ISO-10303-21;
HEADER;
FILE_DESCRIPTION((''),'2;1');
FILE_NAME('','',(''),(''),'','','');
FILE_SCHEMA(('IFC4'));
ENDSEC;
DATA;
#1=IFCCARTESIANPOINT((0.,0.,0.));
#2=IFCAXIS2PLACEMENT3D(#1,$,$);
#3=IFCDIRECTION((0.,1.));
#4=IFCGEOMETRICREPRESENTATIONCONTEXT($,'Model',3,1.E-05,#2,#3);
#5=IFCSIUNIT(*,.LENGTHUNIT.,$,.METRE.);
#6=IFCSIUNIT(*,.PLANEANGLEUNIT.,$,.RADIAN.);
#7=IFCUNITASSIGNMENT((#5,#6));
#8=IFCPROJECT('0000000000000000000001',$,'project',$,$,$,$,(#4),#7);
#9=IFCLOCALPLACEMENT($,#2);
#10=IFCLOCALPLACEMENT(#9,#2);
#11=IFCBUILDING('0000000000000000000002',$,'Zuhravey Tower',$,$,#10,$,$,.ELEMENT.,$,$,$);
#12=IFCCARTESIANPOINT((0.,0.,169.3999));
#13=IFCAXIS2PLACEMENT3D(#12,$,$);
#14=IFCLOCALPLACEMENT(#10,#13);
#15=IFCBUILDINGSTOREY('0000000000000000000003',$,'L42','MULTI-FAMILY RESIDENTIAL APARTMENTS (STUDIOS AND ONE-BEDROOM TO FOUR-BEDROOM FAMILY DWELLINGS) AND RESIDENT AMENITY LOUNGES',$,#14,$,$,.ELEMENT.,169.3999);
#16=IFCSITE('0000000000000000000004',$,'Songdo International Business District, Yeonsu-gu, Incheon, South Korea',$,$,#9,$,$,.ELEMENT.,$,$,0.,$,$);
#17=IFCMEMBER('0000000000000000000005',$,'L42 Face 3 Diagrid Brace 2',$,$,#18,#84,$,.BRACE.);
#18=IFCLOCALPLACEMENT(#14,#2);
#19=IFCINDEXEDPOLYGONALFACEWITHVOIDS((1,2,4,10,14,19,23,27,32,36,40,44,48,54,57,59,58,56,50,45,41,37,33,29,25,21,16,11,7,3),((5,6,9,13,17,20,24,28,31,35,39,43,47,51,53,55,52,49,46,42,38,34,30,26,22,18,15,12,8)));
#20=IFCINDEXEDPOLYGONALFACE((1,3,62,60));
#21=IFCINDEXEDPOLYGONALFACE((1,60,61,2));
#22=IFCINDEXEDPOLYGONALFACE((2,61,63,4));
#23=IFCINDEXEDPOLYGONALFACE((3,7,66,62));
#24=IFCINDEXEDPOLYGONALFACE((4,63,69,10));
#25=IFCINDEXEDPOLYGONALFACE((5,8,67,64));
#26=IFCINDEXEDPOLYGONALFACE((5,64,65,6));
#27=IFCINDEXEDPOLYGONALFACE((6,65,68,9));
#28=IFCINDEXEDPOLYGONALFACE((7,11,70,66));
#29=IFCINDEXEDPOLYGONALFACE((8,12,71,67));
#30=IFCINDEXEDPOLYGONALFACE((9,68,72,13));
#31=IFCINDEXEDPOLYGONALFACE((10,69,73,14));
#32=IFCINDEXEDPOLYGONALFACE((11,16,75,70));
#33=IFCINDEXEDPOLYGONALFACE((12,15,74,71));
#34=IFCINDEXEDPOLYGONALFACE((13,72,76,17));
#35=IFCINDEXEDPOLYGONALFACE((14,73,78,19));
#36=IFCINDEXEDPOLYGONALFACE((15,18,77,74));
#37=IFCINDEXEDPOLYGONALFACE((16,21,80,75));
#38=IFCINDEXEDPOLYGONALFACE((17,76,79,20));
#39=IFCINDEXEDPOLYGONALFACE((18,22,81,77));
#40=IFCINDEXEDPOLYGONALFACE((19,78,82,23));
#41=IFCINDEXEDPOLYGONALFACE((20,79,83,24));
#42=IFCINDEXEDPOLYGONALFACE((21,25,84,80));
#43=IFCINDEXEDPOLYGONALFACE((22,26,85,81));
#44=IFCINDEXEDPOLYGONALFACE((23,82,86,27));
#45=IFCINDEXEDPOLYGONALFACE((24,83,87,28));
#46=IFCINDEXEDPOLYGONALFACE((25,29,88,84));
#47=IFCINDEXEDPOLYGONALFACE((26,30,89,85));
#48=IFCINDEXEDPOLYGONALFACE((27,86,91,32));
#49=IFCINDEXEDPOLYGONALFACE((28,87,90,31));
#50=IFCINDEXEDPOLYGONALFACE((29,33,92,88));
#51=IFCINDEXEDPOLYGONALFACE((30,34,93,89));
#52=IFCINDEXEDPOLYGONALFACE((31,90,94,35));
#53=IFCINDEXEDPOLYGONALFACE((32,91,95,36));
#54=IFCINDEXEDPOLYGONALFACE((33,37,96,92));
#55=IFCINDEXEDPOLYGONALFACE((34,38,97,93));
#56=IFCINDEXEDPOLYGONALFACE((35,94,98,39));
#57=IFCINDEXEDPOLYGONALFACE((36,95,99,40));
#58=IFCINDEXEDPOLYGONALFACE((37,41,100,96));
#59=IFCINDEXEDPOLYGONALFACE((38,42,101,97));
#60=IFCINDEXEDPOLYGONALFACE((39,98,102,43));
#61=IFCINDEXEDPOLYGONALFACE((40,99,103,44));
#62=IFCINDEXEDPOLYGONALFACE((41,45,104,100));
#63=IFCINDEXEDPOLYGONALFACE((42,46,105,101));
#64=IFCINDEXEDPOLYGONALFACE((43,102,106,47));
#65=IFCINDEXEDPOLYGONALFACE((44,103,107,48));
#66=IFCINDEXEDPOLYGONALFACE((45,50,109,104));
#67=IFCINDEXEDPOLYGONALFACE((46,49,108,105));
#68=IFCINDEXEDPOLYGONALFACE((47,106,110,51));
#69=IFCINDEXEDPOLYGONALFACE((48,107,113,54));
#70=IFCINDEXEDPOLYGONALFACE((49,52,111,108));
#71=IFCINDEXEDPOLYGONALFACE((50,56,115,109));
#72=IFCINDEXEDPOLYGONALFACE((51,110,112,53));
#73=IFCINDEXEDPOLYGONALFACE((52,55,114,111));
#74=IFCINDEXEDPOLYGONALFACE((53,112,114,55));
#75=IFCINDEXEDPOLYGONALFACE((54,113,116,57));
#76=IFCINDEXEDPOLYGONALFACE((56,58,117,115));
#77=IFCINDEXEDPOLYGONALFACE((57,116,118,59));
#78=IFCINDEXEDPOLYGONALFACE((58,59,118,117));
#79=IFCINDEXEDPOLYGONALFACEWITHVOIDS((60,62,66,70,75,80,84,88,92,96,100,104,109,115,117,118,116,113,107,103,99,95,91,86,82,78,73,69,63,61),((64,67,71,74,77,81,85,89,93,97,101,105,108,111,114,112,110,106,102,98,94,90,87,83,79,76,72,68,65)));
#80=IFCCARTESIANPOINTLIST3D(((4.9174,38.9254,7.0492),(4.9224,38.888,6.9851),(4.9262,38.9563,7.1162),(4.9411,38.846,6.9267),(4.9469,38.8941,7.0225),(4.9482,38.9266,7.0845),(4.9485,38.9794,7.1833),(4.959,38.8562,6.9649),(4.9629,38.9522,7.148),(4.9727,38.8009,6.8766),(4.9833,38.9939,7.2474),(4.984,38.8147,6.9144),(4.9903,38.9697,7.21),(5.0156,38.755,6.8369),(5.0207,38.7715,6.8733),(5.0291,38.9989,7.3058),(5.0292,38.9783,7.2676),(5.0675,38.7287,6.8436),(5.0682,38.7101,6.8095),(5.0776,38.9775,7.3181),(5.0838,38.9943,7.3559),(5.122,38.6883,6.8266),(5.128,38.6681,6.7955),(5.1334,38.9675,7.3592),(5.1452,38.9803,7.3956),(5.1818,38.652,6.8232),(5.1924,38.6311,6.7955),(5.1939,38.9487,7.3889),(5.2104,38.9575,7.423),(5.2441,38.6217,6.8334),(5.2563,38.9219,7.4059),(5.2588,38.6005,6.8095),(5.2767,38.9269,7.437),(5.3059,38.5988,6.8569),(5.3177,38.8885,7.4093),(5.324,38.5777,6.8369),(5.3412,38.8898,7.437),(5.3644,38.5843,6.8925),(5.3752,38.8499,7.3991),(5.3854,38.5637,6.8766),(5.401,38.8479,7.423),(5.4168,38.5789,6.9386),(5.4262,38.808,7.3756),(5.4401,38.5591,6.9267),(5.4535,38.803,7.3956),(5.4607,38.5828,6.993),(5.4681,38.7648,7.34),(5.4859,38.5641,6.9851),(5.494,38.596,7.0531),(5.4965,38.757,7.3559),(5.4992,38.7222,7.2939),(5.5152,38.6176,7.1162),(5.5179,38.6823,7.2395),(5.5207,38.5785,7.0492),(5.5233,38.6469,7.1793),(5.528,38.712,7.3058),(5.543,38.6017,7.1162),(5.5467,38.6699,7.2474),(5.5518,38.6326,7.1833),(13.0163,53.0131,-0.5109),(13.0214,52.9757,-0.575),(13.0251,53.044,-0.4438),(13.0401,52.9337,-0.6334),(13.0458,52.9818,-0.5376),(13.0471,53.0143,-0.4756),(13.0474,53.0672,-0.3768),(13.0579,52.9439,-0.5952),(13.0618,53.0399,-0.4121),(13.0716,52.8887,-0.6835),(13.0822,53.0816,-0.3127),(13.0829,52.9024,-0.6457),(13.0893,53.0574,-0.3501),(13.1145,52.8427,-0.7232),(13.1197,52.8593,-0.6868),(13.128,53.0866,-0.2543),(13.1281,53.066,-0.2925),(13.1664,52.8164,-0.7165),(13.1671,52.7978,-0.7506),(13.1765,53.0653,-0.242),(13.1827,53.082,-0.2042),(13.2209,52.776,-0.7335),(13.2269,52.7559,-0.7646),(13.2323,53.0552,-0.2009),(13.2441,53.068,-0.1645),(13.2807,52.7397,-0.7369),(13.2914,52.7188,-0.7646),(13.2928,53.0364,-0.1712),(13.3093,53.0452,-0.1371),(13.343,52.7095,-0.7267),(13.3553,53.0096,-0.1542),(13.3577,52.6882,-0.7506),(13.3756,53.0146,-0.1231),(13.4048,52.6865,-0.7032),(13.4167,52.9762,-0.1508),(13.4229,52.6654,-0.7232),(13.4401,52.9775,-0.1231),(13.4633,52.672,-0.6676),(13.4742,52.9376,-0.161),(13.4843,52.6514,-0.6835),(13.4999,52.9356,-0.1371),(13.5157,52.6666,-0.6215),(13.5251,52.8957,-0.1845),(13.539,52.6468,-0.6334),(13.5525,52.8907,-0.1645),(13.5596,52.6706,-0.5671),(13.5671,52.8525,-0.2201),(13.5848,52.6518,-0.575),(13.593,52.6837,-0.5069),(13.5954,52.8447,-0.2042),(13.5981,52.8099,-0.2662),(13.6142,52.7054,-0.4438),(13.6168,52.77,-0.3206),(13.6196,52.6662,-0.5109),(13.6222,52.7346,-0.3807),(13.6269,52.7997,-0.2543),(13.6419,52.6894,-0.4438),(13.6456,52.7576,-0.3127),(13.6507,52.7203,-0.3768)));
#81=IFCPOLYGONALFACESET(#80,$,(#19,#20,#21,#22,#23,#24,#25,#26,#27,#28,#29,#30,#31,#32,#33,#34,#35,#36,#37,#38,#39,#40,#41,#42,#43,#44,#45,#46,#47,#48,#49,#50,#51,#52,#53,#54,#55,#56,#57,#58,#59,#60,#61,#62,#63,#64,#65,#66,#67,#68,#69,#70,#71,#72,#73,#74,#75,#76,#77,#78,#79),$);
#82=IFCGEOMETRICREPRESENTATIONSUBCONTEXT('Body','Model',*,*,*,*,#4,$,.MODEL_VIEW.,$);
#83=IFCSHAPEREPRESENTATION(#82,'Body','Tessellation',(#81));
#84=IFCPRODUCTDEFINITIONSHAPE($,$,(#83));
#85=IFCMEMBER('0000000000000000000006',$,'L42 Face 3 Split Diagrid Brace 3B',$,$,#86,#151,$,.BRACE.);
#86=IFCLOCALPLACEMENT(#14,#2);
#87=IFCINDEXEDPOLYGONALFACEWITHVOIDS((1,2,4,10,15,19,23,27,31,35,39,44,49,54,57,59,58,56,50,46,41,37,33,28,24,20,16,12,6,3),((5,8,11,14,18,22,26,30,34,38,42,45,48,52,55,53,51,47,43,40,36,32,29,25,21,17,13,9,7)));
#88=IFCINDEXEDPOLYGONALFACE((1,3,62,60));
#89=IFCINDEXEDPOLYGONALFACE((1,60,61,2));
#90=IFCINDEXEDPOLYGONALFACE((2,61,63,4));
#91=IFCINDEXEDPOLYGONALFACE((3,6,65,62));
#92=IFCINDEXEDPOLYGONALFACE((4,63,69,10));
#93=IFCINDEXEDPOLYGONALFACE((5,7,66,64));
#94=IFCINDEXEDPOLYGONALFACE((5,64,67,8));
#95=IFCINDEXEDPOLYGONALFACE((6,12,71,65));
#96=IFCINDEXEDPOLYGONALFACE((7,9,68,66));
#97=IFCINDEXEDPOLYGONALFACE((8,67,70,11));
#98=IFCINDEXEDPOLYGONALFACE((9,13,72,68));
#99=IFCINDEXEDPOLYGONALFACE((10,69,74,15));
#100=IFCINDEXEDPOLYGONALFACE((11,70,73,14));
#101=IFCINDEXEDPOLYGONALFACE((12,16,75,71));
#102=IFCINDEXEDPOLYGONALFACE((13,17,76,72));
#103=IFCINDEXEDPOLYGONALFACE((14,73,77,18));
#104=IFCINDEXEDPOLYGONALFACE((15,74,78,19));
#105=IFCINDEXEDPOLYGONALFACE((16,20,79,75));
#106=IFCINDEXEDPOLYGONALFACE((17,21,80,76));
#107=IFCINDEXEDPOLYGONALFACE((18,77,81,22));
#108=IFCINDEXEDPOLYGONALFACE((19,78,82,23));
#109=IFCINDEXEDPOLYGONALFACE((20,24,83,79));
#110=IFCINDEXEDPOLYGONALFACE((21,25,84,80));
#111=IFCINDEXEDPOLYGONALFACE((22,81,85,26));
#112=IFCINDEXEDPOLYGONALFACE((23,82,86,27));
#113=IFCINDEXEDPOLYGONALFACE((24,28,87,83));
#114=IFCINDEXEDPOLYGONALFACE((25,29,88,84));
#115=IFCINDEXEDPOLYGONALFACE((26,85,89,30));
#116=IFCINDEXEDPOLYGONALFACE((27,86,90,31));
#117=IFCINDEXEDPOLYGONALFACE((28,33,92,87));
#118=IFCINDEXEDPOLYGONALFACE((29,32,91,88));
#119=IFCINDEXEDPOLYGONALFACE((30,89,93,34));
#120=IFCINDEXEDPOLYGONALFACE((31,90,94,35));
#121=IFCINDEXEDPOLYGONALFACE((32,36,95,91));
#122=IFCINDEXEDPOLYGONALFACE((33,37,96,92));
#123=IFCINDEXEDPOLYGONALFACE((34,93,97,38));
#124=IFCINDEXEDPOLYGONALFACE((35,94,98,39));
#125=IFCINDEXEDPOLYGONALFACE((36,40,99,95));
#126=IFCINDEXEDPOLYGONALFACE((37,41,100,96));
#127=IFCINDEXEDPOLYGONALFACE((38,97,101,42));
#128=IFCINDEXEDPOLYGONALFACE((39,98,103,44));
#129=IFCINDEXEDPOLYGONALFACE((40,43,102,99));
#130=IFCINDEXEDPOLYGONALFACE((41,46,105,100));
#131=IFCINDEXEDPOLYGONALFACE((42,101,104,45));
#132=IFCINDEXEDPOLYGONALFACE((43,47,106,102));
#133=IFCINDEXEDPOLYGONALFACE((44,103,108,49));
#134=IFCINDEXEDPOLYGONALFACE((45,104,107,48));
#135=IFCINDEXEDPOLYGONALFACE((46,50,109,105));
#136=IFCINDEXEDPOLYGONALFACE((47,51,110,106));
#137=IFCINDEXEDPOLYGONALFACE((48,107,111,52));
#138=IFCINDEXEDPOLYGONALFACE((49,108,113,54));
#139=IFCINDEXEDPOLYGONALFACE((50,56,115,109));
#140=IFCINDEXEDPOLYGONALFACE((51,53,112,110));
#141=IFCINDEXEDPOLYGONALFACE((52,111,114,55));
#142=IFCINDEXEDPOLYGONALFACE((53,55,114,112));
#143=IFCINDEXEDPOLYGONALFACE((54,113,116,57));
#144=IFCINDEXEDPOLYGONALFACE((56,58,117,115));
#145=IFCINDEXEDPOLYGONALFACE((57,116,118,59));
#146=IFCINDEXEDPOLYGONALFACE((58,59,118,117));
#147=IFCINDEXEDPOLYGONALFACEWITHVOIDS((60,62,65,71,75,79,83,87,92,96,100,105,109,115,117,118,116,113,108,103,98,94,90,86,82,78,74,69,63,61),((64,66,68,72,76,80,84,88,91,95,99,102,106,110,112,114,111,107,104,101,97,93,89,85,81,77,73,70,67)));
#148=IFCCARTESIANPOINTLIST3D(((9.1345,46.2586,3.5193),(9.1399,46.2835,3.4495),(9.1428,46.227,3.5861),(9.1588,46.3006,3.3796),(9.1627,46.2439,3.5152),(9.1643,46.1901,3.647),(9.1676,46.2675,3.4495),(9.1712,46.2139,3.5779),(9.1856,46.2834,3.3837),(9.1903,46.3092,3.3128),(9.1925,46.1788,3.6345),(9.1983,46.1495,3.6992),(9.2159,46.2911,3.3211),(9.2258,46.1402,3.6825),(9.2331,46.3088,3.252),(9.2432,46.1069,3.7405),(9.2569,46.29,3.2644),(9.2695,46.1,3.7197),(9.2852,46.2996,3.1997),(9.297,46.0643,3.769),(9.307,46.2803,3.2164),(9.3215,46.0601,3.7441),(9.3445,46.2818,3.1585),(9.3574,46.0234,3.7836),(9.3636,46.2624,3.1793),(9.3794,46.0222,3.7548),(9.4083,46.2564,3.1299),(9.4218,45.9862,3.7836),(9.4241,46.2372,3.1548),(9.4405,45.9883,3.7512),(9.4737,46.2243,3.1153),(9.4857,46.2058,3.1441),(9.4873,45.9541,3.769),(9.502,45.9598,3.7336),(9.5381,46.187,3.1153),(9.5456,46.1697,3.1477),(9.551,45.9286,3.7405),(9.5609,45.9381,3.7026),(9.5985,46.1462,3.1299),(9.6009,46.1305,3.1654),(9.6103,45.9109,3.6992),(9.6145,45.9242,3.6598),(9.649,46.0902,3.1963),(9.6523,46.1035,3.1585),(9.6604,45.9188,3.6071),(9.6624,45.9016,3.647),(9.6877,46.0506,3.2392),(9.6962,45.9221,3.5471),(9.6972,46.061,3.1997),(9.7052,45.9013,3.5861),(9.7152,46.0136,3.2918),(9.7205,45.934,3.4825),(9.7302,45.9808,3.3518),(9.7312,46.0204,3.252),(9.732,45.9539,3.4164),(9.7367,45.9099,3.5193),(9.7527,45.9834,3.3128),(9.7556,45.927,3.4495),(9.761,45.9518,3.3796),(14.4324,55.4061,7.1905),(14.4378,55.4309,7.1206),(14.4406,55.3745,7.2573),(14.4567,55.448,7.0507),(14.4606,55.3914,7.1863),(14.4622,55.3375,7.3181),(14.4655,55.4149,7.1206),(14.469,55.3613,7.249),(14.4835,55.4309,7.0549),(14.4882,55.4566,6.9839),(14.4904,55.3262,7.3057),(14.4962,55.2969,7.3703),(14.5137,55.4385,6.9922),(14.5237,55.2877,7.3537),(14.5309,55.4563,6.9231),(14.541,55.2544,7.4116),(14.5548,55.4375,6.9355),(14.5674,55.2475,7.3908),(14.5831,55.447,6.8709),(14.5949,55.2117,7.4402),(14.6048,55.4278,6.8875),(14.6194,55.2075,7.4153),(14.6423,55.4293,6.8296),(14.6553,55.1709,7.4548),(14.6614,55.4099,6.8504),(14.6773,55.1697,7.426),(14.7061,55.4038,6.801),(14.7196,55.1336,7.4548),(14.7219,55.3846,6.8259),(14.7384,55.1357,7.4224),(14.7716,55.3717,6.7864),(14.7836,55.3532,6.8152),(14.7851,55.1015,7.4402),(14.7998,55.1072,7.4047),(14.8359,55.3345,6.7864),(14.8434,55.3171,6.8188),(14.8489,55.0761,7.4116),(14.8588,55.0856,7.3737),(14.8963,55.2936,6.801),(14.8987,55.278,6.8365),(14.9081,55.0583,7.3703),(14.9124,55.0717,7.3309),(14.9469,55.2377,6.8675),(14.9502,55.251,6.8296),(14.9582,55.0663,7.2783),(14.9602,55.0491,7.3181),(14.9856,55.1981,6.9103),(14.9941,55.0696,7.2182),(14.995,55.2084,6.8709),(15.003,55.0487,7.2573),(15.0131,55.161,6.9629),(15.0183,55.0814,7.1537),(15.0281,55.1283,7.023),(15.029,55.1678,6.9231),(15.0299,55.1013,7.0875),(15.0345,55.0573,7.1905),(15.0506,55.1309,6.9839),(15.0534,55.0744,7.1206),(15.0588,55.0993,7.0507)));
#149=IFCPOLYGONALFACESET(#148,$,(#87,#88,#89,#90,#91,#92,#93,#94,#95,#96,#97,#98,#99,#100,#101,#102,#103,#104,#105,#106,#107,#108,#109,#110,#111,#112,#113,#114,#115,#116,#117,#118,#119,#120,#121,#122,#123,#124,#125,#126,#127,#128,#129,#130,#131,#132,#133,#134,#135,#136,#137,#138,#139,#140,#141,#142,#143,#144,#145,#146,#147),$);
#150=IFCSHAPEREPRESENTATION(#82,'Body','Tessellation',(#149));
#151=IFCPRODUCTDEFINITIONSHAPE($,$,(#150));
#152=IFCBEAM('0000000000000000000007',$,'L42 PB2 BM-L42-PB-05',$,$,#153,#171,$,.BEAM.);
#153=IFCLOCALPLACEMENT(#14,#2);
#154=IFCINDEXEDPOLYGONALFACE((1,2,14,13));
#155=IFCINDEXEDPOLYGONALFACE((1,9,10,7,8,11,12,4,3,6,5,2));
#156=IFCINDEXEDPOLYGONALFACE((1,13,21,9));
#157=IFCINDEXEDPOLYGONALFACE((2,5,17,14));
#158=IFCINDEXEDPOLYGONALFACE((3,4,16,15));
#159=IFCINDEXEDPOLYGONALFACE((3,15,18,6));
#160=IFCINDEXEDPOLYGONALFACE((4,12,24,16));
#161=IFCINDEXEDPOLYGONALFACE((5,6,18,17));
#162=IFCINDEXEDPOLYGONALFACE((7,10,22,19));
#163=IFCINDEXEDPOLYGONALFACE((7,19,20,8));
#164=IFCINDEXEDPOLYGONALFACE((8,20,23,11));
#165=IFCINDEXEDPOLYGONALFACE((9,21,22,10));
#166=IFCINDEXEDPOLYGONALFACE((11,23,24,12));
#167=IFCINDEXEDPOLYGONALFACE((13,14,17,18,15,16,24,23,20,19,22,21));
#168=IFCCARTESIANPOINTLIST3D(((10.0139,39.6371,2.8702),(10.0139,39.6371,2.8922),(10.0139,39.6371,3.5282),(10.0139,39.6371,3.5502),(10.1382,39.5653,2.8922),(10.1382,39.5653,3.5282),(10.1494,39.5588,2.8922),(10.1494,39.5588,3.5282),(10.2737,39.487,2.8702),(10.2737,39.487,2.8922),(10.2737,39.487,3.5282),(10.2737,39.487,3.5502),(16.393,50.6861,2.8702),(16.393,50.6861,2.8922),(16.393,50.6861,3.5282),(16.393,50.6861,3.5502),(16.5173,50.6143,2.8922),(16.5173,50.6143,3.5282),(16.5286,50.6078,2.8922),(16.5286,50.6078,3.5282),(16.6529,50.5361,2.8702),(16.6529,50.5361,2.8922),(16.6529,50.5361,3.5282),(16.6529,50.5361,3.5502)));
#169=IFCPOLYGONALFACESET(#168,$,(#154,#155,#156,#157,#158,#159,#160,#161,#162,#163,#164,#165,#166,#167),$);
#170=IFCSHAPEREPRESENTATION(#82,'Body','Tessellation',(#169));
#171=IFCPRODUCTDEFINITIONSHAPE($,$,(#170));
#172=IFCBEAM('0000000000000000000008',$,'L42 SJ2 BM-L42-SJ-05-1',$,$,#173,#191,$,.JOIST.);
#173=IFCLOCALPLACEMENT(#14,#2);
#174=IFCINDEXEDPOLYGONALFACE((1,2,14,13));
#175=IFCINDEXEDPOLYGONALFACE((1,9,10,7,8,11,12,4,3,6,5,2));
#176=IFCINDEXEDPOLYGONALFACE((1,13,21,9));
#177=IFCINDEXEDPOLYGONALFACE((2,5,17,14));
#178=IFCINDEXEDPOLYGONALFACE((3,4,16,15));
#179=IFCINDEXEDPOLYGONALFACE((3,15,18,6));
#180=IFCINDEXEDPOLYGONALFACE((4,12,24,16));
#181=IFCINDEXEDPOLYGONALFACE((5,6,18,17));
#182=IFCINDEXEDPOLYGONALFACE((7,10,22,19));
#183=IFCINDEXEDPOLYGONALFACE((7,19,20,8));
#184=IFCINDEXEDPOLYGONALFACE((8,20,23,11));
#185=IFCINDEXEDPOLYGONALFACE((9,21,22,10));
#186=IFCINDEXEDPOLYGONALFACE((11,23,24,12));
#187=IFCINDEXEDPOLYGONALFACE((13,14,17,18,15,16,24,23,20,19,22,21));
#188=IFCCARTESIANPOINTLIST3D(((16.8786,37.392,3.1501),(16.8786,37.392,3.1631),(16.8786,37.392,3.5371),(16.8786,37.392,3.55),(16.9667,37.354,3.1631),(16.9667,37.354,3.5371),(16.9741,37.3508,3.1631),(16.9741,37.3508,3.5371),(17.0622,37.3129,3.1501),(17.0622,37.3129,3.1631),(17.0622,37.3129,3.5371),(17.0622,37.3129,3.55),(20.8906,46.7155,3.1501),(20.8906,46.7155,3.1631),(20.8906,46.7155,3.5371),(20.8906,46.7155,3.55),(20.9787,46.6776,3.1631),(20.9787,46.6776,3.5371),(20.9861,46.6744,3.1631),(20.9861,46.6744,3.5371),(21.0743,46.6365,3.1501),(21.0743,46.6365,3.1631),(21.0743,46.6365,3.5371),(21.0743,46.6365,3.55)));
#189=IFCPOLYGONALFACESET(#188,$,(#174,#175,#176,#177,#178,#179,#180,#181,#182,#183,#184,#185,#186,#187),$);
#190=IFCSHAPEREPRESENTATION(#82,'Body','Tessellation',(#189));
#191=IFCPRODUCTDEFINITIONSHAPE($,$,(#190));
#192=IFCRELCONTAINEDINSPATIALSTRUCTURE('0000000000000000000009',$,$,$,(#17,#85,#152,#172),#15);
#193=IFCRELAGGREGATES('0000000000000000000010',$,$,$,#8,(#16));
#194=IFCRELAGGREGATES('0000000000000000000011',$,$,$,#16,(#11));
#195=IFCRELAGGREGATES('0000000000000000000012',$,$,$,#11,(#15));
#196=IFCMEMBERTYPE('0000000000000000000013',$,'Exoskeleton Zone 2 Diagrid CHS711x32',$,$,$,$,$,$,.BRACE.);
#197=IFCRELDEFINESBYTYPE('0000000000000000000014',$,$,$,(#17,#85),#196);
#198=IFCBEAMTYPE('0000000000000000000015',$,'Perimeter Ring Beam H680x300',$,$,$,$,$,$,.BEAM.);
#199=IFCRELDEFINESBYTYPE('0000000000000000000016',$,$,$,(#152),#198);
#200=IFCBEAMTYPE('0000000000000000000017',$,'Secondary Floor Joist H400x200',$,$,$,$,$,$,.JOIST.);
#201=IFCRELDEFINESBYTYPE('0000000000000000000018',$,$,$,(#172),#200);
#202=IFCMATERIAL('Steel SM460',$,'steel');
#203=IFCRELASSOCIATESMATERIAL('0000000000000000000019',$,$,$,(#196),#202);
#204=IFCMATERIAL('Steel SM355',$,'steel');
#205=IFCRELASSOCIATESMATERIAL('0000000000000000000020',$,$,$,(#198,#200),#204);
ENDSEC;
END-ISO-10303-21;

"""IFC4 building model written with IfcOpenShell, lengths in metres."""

from ifc_helpers import new_model, si_unit, direction, frame, origin, origin_2d, place, context, subcontext, project, spatial, hollow_circle, i_section, extrude, material, material_profile, profile_set, type_object, element, save


model = new_model("IFC4")

# Units and contexts
model_context = context("Model", 3, precision=1e-05, world=origin(), true_north=direction((0.0, 1.0)))
body_context = subcontext(model_context, "Body", "Model", "MODEL_VIEW")
ifc_project = project(units=[si_unit("LENGTHUNIT", "METRE"), si_unit("PLANEANGLEUNIT", "RADIAN")], contexts=[model_context])

# Site, building, storey
site_placement = place(None, origin())
site = spatial("IfcSite", under=ifc_project, at=site_placement, Name="Songdo International Business District, Yeonsu-gu, Incheon, South Korea", CompositionType="ELEMENT", RefElevation=0.0)
building_placement = place(site_placement, origin())
building = spatial("IfcBuilding", under=site, at=building_placement, Name="Zuhravey Tower", CompositionType="ELEMENT")
storey_placement = place(building_placement, frame((0.0, 0.0, 169.3999)))
storey = spatial("IfcBuildingStorey", under=building, at=storey_placement, Name="L42", Description="MULTI-FAMILY RESIDENTIAL APARTMENTS (STUDIOS AND ONE-BEDROOM TO FOUR-BEDROOM FAMILY DWELLINGS) AND RESIDENT AMENITY LOUNGES", CompositionType="ELEMENT", Elevation=169.3999)

# Members
ifc_material_1 = material(Name="Steel SM355", Category="steel")
ifc_material_2 = material(Name="Steel SM460", Category="steel")
ifc_material_profile_1 = material_profile(ifc_material_2, hollow_circle(Radius=0.3557, WallThickness=0.032, at=origin_2d()), Name="CHS-711.2x32")
ifc_profile_set_1 = profile_set([ifc_material_profile_1], Name="Steel SM460")
member_type_1 = type_object("IfcMemberType", Name="Exoskeleton Zone 2 Diagrid CHS711x32", PredefinedType="BRACE", material=ifc_profile_set_1)
member_1_placement = place(storey_placement, frame((13.3335, 52.8667, -0.4438), z_axis=(-0.451889, -0.786041, 0.421825), x_axis=(0.866947, -0.498401, 0.0)))
element("IfcMember", 1, at=member_1_placement, inside=storey, type_object=member_type_1, Name="L42 Face 3 Diagrid Brace 2", PredefinedType="BRACE", context=body_context, shape_type="SweptSolid", body=[
    extrude(hollow_circle(Radius=0.3557, WallThickness=0.032, at=origin_2d()), origin(), (0.0, 0.0, 1.0), 17.9224),
])
member_2_placement = place(storey_placement, frame((9.4478, 46.1052, 3.4495), z_axis=(0.473437, 0.817453, 0.328068), x_axis=(-0.865346, 0.501175, 0.0)))
element("IfcMember", 2, at=member_2_placement, inside=storey, type_object=member_type_1, Name="L42 Face 3 Split Diagrid Brace 3B", PredefinedType="BRACE", context=body_context, shape_type="SweptSolid", body=[
    extrude(hollow_circle(Radius=0.3557, WallThickness=0.032, at=origin_2d()), origin(), (0.0, 0.0, 1.0), 11.1902),
])

# Beams
ifc_material_profile_2 = material_profile(ifc_material_1, i_section(OverallWidth=0.3, OverallDepth=0.6799, WebThickness=0.0129, FlangeThickness=0.022, at=origin_2d()), Name="H-680x300x13x22")
ifc_profile_set_2 = profile_set([ifc_material_profile_2], Name="Steel SM355")
beam_type_1 = type_object("IfcBeamType", Name="Perimeter Ring Beam H680x300", PredefinedType="BEAM", material=ifc_profile_set_2)
beam_1_placement = place(storey_placement, frame((16.5229, 50.6111, 3.2102), z_axis=(-0.499998, -0.866027, 0.0), x_axis=(0.866027, -0.499998, 0.0)))
element("IfcBeam", 3, at=beam_1_placement, inside=storey, type_object=beam_type_1, Name="L42 PB2 BM-L42-PB-05", PredefinedType="BEAM", context=body_context, shape_type="SweptSolid", body=[
    extrude(i_section(OverallWidth=0.3, OverallDepth=0.6799, WebThickness=0.0129, FlangeThickness=0.022, at=origin_2d()), origin(), (0.0, 0.0, 1.0), 12.7583),
])
ifc_material_profile_3 = material_profile(ifc_material_1, i_section(OverallWidth=0.2, OverallDepth=0.3999, WebThickness=0.0081, FlangeThickness=0.0129, at=origin_2d()), Name="H-400x200x8x13")
ifc_profile_set_3 = profile_set([ifc_material_profile_3], Name="Steel SM355")
beam_type_2 = type_object("IfcBeamType", Name="Secondary Floor Joist H400x200", PredefinedType="JOIST", material=ifc_profile_set_3)
beam_2_placement = place(storey_placement, frame((20.9824, 46.676, 3.3501), z_axis=(-0.395266, -0.918567, 0.0), x_axis=(0.918567, -0.395266, 0.0)))
element("IfcBeam", 4, at=beam_2_placement, inside=storey, type_object=beam_type_2, Name="L42 SJ2 BM-L42-SJ-05-1", PredefinedType="JOIST", context=body_context, shape_type="SweptSolid", body=[
    extrude(i_section(OverallWidth=0.2, OverallDepth=0.3999, WebThickness=0.0081, FlangeThickness=0.0129, at=origin_2d()), origin(), (0.0, 0.0, 1.0), 10.1501),
])

save(model, "model.ifc")
